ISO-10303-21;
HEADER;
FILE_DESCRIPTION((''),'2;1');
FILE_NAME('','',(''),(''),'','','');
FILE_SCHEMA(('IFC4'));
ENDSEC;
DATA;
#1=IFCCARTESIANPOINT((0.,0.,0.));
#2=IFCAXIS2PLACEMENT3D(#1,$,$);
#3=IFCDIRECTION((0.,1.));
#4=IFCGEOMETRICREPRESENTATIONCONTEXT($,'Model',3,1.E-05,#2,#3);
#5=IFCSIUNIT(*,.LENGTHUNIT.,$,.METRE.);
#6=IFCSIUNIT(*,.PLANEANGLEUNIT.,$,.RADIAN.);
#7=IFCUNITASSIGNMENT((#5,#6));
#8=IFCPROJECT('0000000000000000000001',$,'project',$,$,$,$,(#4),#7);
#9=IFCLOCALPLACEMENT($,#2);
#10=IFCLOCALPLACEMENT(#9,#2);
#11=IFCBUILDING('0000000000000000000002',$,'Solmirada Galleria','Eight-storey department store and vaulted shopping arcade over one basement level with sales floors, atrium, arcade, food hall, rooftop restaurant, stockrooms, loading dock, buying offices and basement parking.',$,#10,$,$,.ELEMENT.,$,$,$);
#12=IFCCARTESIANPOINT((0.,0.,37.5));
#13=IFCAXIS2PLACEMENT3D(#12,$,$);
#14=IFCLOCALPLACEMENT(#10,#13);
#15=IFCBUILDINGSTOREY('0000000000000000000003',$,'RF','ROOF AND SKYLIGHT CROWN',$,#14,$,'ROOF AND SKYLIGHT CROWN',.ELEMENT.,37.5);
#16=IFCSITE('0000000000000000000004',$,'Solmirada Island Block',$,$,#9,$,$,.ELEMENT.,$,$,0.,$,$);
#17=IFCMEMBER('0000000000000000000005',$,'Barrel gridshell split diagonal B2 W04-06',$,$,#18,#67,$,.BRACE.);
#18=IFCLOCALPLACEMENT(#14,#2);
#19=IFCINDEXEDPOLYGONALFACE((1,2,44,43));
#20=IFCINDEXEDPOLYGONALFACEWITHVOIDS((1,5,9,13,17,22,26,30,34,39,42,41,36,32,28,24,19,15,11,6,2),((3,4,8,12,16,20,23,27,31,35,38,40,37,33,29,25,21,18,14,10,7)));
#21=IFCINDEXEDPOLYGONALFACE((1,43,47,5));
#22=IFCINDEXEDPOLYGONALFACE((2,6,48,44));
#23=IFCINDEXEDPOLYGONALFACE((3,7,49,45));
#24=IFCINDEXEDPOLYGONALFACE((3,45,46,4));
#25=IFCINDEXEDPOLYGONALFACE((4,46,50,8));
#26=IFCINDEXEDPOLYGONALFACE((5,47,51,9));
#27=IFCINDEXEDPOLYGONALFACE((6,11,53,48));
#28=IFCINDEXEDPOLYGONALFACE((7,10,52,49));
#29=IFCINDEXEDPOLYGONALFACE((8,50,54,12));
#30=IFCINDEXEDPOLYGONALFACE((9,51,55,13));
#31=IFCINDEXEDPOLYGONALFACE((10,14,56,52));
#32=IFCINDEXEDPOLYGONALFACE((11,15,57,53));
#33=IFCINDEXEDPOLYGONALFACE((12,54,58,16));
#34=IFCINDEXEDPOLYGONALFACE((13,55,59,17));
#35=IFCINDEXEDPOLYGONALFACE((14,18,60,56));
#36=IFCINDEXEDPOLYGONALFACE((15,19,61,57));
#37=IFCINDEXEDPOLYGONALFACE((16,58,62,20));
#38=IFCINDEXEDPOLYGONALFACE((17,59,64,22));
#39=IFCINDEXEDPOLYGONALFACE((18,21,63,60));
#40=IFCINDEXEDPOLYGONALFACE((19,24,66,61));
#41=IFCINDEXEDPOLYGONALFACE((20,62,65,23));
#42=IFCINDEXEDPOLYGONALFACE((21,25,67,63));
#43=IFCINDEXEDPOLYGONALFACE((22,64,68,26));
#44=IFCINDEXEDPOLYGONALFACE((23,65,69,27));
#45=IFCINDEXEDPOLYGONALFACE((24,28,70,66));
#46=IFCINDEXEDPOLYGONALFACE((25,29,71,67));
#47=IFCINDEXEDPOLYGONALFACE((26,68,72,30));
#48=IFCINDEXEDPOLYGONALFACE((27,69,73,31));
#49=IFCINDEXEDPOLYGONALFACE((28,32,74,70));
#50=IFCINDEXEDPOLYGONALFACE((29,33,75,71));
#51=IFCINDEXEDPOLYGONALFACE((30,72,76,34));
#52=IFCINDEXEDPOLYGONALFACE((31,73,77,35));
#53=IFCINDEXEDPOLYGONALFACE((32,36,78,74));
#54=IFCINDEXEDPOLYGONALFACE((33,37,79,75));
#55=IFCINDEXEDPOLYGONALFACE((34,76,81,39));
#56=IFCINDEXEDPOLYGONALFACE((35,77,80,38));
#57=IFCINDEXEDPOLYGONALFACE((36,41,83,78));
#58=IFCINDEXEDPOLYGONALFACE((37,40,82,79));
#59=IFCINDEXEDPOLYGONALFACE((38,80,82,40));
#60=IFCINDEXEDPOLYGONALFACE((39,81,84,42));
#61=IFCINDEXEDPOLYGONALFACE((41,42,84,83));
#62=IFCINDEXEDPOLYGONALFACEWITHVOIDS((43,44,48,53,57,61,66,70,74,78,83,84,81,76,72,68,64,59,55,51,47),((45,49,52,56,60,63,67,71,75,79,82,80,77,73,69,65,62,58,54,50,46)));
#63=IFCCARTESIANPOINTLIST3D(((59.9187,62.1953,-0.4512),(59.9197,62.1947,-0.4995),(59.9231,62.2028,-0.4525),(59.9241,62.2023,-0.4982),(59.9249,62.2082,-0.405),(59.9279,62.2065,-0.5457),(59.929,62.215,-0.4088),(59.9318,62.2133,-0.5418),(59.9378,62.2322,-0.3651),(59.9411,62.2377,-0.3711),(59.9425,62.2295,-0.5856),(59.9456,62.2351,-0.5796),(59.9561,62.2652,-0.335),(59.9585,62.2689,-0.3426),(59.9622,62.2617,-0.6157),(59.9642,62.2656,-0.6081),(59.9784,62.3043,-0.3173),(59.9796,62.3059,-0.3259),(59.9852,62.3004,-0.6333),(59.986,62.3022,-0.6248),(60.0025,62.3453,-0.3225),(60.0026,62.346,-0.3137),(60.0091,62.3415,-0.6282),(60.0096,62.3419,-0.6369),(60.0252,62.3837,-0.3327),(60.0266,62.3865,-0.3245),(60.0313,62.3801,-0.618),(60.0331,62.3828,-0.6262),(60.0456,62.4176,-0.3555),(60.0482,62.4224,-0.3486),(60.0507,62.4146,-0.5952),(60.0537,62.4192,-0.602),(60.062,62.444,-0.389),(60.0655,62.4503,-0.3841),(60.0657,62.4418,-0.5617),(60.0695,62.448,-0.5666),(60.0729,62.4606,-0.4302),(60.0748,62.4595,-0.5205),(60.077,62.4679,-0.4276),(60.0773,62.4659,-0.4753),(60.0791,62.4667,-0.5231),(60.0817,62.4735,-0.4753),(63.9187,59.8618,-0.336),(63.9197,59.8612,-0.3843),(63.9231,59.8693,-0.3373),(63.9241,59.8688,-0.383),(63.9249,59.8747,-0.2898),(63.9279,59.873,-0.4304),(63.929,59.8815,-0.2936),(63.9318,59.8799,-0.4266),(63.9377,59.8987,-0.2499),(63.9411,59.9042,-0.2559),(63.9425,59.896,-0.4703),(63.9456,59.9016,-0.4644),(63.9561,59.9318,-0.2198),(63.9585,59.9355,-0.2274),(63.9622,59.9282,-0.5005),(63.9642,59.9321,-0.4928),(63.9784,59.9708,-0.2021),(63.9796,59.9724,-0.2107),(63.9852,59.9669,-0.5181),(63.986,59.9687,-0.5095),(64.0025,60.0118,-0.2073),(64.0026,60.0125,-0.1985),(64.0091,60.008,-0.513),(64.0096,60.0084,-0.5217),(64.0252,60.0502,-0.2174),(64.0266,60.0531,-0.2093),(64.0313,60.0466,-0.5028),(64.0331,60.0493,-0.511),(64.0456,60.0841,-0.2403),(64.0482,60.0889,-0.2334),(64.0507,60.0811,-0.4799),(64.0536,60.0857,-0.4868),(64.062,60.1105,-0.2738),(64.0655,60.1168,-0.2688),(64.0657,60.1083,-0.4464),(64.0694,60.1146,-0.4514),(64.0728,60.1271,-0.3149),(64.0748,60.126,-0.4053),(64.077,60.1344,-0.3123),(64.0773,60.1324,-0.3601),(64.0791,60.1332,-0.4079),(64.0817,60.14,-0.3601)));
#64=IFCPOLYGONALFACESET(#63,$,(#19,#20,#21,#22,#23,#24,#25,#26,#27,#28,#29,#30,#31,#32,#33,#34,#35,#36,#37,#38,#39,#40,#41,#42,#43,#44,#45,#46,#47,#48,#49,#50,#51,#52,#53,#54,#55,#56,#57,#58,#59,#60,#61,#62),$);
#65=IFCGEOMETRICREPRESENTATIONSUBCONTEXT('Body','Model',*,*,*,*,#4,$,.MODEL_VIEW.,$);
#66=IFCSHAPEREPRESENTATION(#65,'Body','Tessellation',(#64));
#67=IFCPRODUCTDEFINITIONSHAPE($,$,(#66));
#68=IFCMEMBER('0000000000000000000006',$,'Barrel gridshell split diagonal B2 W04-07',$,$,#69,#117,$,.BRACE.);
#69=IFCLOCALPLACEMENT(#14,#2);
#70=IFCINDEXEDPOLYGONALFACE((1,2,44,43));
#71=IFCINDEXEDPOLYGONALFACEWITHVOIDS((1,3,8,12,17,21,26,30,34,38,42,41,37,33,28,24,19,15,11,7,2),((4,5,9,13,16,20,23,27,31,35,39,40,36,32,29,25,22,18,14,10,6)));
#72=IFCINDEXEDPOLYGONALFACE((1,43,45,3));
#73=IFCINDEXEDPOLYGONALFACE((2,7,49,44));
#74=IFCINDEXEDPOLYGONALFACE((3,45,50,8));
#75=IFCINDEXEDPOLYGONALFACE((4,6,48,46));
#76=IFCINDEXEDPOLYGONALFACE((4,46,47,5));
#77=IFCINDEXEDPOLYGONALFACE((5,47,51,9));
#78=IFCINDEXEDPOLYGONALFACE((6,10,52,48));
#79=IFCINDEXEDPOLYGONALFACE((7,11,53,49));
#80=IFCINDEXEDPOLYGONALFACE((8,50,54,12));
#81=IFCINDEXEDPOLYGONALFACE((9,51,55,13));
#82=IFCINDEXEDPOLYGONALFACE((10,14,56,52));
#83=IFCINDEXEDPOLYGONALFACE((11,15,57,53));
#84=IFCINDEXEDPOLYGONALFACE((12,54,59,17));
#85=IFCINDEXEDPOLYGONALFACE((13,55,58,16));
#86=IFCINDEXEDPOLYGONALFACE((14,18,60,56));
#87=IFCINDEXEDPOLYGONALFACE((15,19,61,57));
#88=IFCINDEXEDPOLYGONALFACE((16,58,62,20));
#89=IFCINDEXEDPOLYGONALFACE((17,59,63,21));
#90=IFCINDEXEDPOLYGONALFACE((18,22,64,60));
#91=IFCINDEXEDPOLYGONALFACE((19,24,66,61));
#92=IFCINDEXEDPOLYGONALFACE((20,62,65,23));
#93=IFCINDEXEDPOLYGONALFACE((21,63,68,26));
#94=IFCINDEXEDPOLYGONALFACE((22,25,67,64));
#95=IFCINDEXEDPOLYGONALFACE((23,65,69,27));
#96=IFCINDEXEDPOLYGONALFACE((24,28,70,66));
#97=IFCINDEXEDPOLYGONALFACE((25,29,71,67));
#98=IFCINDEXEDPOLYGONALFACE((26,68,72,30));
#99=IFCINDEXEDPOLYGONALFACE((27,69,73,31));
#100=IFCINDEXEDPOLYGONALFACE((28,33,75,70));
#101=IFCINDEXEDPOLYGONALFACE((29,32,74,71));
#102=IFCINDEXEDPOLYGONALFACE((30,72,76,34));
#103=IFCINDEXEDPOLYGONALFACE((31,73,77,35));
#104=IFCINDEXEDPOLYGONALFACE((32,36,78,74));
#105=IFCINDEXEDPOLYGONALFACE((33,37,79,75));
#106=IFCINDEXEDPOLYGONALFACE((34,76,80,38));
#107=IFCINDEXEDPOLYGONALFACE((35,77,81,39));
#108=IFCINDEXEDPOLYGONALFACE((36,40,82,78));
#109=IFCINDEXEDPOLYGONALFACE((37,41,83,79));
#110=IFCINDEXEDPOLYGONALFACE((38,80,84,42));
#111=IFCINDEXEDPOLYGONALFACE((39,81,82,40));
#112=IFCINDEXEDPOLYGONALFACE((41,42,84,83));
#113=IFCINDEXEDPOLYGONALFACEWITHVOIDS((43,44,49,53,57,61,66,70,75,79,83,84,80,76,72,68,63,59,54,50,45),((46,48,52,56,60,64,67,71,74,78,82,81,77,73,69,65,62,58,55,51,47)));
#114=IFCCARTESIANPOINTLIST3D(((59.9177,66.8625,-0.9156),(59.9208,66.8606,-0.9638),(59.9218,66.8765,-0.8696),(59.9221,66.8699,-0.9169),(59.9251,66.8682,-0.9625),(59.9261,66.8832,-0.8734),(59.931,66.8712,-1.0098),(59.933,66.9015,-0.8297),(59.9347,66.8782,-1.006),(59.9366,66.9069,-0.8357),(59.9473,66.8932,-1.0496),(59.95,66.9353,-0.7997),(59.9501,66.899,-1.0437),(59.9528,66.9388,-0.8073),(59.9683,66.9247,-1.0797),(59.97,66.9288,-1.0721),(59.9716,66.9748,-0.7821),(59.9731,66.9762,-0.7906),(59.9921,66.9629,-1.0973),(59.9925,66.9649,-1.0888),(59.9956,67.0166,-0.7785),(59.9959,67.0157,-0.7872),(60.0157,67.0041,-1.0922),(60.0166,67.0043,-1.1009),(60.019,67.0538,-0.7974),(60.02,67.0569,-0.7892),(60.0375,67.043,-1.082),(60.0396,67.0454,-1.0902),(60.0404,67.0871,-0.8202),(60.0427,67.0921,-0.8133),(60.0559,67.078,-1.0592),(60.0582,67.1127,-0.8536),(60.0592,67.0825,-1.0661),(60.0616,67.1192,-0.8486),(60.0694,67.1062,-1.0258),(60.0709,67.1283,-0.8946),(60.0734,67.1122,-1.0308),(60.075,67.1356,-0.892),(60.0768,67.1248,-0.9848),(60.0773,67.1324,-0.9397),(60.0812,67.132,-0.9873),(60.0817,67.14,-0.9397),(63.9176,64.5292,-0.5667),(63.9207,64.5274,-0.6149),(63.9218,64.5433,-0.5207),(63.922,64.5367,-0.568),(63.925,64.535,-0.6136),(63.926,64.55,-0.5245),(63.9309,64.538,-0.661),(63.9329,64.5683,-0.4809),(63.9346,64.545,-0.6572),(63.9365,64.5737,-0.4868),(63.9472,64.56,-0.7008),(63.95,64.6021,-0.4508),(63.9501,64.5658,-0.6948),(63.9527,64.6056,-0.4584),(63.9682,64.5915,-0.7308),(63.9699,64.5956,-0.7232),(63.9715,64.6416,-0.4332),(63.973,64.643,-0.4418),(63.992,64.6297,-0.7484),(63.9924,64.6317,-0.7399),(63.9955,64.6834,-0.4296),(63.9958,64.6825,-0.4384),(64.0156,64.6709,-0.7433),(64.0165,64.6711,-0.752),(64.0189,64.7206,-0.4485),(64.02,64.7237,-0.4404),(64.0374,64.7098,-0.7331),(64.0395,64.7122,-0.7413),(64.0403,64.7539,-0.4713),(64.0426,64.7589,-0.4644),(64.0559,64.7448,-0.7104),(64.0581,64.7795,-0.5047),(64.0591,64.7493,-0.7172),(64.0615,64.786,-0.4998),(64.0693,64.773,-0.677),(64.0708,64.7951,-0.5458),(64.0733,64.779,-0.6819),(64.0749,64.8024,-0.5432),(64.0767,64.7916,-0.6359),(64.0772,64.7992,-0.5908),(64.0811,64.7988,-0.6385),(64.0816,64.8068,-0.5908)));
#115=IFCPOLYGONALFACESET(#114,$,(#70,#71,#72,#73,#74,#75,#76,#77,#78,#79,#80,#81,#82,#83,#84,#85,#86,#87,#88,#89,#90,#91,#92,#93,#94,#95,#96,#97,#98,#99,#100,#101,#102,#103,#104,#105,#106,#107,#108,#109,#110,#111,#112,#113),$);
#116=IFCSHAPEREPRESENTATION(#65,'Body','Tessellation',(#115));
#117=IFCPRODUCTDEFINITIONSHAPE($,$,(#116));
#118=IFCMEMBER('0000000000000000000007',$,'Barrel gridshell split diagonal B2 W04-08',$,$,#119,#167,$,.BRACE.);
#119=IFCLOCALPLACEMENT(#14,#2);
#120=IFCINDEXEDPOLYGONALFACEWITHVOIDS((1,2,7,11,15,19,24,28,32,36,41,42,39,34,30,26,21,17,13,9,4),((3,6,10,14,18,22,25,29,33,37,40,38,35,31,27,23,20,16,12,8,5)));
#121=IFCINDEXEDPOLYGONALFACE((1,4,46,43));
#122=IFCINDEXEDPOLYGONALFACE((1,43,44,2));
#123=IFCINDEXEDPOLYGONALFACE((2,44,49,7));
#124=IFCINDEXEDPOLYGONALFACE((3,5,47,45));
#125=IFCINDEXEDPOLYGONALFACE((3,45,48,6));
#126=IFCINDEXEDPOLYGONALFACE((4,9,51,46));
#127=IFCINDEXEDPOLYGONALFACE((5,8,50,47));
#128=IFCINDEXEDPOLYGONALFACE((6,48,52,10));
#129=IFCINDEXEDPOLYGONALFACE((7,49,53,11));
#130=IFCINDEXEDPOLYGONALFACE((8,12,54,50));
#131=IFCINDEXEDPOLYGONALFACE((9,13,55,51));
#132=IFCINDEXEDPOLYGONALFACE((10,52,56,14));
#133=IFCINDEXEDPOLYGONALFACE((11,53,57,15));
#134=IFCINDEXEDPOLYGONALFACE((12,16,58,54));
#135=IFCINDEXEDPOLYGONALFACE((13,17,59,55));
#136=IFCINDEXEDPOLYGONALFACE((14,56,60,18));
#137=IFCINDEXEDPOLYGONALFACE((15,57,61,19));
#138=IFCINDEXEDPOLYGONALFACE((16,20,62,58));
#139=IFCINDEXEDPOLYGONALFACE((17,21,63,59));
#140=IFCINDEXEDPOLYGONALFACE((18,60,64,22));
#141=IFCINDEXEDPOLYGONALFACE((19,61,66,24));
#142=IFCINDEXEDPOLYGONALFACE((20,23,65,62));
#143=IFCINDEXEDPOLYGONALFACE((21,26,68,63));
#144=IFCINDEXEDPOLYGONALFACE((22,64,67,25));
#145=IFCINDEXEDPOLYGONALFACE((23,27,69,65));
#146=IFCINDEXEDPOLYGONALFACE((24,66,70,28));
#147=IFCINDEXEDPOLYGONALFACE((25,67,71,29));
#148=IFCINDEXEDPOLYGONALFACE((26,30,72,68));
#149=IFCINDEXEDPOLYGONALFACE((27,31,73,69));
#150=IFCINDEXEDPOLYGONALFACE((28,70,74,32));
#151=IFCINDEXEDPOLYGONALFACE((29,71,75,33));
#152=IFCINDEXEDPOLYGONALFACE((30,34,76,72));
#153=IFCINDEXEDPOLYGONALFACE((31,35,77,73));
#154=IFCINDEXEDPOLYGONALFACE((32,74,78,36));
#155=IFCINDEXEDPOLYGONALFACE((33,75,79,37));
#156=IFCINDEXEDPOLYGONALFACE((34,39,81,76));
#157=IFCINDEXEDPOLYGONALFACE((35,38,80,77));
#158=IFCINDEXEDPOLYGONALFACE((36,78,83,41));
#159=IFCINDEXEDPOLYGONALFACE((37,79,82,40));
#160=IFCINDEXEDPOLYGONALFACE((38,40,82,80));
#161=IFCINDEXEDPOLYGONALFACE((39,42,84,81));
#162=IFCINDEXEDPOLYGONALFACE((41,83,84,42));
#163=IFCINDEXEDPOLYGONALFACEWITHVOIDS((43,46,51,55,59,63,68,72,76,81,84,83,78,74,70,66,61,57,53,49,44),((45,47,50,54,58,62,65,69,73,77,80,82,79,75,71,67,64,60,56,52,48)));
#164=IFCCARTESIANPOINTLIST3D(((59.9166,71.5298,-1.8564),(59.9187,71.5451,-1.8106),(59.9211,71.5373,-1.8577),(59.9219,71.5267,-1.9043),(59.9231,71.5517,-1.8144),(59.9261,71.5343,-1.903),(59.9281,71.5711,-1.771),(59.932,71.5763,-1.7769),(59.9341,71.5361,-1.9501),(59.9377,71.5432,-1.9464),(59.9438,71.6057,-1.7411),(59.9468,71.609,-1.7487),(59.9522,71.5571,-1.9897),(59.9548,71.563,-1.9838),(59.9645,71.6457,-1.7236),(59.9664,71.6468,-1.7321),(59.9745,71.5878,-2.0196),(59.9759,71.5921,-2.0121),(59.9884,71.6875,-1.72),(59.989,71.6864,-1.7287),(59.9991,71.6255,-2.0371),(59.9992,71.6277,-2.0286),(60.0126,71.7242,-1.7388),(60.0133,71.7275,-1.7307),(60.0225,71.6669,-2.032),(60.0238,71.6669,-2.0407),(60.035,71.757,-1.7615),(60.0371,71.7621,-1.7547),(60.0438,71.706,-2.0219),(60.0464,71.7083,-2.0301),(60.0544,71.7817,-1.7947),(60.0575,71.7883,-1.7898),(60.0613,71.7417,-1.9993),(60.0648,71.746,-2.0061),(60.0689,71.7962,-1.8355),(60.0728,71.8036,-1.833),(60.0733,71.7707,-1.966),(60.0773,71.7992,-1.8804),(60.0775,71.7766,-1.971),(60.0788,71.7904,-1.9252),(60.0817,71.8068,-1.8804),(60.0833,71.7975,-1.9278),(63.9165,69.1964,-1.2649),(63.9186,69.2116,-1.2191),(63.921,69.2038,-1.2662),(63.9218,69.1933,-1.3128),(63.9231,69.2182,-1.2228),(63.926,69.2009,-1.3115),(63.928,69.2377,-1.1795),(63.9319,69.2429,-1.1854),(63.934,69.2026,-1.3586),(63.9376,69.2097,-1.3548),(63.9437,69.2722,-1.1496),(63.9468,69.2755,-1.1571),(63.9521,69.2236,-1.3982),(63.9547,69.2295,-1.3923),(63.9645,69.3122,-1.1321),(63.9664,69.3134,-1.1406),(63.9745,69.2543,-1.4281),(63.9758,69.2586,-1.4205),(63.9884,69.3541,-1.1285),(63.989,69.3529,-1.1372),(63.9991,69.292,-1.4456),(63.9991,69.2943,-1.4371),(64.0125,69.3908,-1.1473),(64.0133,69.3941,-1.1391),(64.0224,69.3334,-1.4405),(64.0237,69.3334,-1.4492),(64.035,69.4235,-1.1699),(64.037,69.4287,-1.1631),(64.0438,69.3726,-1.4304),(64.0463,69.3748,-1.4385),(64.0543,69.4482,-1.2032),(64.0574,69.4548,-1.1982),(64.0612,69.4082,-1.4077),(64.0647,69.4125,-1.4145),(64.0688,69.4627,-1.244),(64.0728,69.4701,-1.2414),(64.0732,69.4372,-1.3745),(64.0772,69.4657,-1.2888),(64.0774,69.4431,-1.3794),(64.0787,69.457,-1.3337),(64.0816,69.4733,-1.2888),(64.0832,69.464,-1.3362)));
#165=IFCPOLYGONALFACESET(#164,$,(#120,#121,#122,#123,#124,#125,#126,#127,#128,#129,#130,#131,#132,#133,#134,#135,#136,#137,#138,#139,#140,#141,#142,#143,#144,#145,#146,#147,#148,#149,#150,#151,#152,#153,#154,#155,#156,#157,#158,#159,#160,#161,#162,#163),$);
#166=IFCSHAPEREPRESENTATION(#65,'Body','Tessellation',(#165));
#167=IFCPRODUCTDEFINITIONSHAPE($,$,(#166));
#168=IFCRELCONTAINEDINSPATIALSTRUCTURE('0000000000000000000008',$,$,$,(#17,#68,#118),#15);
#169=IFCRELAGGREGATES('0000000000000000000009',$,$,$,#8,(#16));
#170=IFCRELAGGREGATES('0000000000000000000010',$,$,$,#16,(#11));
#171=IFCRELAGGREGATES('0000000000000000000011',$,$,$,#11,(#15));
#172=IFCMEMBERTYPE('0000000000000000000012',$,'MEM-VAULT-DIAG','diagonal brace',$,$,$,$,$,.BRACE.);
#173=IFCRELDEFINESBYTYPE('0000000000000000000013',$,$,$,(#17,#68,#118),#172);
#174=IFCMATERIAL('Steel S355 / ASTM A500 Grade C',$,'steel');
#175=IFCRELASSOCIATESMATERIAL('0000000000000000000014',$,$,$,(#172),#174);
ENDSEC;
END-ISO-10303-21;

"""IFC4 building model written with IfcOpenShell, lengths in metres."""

from ifc_helpers import new_model, si_unit, direction, frame, origin, origin_2d, place, context, subcontext, project, spatial, hollow_circle, extrude, material, material_profile, profile_set, type_object, element, save


model = new_model("IFC4")

# Units and contexts
model_context = context("Model", 3, precision=1e-05, world=origin(), true_north=direction((0.0, 1.0)))
body_context = subcontext(model_context, "Body", "Model", "MODEL_VIEW")
ifc_project = project(units=[si_unit("LENGTHUNIT", "METRE"), si_unit("PLANEANGLEUNIT", "RADIAN")], contexts=[model_context])

# Site, building, storey
site_placement = place(None, origin())
site = spatial("IfcSite", under=ifc_project, at=site_placement, Name="Solmirada Island Block", CompositionType="ELEMENT", RefElevation=0.0)
building_placement = place(site_placement, origin())
building = spatial("IfcBuilding", under=site, at=building_placement, Name="Solmirada Galleria", Description="Eight-storey department store and vaulted shopping arcade over one basement level with sales floors, atrium, arcade, food hall, rooftop restaurant, stockrooms, loading dock, buying offices and basement parking.", CompositionType="ELEMENT")
storey_placement = place(building_placement, frame((0.0, 0.0, 37.5)))
storey = spatial("IfcBuildingStorey", under=building, at=storey_placement, Name="RF", Description="ROOF AND SKYLIGHT CROWN", LongName="ROOF AND SKYLIGHT CROWN", CompositionType="ELEMENT", Elevation=37.5)

# Members
ifc_material_1 = material(Name="Steel S355 / ASTM A500 Grade C", Category="steel")
ifc_material_profile_1 = material_profile(ifc_material_1, hollow_circle(Radius=0.1621, WallThickness=0.0088, at=origin_2d()), Name="HSS12.750X0.375")
ifc_profile_set_1 = profile_set([ifc_material_profile_1], Name="Steel S355 / ASTM A500 Grade C")
member_type_1 = type_object("IfcMemberType", Name="MEM-VAULT-DIAG", Description="diagonal brace", PredefinedType="BRACE", material=ifc_profile_set_1)
member_1_placement = place(storey_placement, frame((60.0, 62.3335, -0.4753), z_axis=(0.863496, -0.503741, 0.024876), x_axis=(0.503897, 0.863764, 0.0)))
element("IfcMember", 1, at=member_1_placement, inside=storey, type_object=member_type_1, Name="Barrel gridshell split diagonal B2 W04-06", PredefinedType="BRACE", context=body_context, shape_type="SweptSolid", body=[
    extrude(hollow_circle(Radius=0.1621, WallThickness=0.0088, at=origin_2d()), origin(), (0.0, 0.0, 1.0), 4.6323),
])
member_2_placement = place(storey_placement, frame((60.0, 67.0, -0.9397), z_axis=(0.861346, -0.502434, 0.075126), x_axis=(0.503858, 0.863787, 0.0)))
element("IfcMember", 2, at=member_2_placement, inside=storey, type_object=member_type_1, Name="Barrel gridshell split diagonal B2 W04-07", PredefinedType="BRACE", context=body_context, shape_type="SweptSolid", body=[
    extrude(hollow_circle(Radius=0.1621, WallThickness=0.0088, at=origin_2d()), origin(), (0.0, 0.0, 1.0), 4.6438),
])
member_3_placement = place(storey_placement, frame((60.0, 71.6667, -1.8804), z_axis=(0.856801, -0.499836, 0.126711), x_axis=(0.503897, 0.863764, 0.0)))
element("IfcMember", 3, at=member_3_placement, inside=storey, type_object=member_type_1, Name="Barrel gridshell split diagonal B2 W04-08", PredefinedType="BRACE", context=body_context, shape_type="SweptSolid", body=[
    extrude(hollow_circle(Radius=0.1621, WallThickness=0.0088, at=origin_2d()), origin(), (0.0, 0.0, 1.0), 4.6685),
])

save(model, "model.ifc")
